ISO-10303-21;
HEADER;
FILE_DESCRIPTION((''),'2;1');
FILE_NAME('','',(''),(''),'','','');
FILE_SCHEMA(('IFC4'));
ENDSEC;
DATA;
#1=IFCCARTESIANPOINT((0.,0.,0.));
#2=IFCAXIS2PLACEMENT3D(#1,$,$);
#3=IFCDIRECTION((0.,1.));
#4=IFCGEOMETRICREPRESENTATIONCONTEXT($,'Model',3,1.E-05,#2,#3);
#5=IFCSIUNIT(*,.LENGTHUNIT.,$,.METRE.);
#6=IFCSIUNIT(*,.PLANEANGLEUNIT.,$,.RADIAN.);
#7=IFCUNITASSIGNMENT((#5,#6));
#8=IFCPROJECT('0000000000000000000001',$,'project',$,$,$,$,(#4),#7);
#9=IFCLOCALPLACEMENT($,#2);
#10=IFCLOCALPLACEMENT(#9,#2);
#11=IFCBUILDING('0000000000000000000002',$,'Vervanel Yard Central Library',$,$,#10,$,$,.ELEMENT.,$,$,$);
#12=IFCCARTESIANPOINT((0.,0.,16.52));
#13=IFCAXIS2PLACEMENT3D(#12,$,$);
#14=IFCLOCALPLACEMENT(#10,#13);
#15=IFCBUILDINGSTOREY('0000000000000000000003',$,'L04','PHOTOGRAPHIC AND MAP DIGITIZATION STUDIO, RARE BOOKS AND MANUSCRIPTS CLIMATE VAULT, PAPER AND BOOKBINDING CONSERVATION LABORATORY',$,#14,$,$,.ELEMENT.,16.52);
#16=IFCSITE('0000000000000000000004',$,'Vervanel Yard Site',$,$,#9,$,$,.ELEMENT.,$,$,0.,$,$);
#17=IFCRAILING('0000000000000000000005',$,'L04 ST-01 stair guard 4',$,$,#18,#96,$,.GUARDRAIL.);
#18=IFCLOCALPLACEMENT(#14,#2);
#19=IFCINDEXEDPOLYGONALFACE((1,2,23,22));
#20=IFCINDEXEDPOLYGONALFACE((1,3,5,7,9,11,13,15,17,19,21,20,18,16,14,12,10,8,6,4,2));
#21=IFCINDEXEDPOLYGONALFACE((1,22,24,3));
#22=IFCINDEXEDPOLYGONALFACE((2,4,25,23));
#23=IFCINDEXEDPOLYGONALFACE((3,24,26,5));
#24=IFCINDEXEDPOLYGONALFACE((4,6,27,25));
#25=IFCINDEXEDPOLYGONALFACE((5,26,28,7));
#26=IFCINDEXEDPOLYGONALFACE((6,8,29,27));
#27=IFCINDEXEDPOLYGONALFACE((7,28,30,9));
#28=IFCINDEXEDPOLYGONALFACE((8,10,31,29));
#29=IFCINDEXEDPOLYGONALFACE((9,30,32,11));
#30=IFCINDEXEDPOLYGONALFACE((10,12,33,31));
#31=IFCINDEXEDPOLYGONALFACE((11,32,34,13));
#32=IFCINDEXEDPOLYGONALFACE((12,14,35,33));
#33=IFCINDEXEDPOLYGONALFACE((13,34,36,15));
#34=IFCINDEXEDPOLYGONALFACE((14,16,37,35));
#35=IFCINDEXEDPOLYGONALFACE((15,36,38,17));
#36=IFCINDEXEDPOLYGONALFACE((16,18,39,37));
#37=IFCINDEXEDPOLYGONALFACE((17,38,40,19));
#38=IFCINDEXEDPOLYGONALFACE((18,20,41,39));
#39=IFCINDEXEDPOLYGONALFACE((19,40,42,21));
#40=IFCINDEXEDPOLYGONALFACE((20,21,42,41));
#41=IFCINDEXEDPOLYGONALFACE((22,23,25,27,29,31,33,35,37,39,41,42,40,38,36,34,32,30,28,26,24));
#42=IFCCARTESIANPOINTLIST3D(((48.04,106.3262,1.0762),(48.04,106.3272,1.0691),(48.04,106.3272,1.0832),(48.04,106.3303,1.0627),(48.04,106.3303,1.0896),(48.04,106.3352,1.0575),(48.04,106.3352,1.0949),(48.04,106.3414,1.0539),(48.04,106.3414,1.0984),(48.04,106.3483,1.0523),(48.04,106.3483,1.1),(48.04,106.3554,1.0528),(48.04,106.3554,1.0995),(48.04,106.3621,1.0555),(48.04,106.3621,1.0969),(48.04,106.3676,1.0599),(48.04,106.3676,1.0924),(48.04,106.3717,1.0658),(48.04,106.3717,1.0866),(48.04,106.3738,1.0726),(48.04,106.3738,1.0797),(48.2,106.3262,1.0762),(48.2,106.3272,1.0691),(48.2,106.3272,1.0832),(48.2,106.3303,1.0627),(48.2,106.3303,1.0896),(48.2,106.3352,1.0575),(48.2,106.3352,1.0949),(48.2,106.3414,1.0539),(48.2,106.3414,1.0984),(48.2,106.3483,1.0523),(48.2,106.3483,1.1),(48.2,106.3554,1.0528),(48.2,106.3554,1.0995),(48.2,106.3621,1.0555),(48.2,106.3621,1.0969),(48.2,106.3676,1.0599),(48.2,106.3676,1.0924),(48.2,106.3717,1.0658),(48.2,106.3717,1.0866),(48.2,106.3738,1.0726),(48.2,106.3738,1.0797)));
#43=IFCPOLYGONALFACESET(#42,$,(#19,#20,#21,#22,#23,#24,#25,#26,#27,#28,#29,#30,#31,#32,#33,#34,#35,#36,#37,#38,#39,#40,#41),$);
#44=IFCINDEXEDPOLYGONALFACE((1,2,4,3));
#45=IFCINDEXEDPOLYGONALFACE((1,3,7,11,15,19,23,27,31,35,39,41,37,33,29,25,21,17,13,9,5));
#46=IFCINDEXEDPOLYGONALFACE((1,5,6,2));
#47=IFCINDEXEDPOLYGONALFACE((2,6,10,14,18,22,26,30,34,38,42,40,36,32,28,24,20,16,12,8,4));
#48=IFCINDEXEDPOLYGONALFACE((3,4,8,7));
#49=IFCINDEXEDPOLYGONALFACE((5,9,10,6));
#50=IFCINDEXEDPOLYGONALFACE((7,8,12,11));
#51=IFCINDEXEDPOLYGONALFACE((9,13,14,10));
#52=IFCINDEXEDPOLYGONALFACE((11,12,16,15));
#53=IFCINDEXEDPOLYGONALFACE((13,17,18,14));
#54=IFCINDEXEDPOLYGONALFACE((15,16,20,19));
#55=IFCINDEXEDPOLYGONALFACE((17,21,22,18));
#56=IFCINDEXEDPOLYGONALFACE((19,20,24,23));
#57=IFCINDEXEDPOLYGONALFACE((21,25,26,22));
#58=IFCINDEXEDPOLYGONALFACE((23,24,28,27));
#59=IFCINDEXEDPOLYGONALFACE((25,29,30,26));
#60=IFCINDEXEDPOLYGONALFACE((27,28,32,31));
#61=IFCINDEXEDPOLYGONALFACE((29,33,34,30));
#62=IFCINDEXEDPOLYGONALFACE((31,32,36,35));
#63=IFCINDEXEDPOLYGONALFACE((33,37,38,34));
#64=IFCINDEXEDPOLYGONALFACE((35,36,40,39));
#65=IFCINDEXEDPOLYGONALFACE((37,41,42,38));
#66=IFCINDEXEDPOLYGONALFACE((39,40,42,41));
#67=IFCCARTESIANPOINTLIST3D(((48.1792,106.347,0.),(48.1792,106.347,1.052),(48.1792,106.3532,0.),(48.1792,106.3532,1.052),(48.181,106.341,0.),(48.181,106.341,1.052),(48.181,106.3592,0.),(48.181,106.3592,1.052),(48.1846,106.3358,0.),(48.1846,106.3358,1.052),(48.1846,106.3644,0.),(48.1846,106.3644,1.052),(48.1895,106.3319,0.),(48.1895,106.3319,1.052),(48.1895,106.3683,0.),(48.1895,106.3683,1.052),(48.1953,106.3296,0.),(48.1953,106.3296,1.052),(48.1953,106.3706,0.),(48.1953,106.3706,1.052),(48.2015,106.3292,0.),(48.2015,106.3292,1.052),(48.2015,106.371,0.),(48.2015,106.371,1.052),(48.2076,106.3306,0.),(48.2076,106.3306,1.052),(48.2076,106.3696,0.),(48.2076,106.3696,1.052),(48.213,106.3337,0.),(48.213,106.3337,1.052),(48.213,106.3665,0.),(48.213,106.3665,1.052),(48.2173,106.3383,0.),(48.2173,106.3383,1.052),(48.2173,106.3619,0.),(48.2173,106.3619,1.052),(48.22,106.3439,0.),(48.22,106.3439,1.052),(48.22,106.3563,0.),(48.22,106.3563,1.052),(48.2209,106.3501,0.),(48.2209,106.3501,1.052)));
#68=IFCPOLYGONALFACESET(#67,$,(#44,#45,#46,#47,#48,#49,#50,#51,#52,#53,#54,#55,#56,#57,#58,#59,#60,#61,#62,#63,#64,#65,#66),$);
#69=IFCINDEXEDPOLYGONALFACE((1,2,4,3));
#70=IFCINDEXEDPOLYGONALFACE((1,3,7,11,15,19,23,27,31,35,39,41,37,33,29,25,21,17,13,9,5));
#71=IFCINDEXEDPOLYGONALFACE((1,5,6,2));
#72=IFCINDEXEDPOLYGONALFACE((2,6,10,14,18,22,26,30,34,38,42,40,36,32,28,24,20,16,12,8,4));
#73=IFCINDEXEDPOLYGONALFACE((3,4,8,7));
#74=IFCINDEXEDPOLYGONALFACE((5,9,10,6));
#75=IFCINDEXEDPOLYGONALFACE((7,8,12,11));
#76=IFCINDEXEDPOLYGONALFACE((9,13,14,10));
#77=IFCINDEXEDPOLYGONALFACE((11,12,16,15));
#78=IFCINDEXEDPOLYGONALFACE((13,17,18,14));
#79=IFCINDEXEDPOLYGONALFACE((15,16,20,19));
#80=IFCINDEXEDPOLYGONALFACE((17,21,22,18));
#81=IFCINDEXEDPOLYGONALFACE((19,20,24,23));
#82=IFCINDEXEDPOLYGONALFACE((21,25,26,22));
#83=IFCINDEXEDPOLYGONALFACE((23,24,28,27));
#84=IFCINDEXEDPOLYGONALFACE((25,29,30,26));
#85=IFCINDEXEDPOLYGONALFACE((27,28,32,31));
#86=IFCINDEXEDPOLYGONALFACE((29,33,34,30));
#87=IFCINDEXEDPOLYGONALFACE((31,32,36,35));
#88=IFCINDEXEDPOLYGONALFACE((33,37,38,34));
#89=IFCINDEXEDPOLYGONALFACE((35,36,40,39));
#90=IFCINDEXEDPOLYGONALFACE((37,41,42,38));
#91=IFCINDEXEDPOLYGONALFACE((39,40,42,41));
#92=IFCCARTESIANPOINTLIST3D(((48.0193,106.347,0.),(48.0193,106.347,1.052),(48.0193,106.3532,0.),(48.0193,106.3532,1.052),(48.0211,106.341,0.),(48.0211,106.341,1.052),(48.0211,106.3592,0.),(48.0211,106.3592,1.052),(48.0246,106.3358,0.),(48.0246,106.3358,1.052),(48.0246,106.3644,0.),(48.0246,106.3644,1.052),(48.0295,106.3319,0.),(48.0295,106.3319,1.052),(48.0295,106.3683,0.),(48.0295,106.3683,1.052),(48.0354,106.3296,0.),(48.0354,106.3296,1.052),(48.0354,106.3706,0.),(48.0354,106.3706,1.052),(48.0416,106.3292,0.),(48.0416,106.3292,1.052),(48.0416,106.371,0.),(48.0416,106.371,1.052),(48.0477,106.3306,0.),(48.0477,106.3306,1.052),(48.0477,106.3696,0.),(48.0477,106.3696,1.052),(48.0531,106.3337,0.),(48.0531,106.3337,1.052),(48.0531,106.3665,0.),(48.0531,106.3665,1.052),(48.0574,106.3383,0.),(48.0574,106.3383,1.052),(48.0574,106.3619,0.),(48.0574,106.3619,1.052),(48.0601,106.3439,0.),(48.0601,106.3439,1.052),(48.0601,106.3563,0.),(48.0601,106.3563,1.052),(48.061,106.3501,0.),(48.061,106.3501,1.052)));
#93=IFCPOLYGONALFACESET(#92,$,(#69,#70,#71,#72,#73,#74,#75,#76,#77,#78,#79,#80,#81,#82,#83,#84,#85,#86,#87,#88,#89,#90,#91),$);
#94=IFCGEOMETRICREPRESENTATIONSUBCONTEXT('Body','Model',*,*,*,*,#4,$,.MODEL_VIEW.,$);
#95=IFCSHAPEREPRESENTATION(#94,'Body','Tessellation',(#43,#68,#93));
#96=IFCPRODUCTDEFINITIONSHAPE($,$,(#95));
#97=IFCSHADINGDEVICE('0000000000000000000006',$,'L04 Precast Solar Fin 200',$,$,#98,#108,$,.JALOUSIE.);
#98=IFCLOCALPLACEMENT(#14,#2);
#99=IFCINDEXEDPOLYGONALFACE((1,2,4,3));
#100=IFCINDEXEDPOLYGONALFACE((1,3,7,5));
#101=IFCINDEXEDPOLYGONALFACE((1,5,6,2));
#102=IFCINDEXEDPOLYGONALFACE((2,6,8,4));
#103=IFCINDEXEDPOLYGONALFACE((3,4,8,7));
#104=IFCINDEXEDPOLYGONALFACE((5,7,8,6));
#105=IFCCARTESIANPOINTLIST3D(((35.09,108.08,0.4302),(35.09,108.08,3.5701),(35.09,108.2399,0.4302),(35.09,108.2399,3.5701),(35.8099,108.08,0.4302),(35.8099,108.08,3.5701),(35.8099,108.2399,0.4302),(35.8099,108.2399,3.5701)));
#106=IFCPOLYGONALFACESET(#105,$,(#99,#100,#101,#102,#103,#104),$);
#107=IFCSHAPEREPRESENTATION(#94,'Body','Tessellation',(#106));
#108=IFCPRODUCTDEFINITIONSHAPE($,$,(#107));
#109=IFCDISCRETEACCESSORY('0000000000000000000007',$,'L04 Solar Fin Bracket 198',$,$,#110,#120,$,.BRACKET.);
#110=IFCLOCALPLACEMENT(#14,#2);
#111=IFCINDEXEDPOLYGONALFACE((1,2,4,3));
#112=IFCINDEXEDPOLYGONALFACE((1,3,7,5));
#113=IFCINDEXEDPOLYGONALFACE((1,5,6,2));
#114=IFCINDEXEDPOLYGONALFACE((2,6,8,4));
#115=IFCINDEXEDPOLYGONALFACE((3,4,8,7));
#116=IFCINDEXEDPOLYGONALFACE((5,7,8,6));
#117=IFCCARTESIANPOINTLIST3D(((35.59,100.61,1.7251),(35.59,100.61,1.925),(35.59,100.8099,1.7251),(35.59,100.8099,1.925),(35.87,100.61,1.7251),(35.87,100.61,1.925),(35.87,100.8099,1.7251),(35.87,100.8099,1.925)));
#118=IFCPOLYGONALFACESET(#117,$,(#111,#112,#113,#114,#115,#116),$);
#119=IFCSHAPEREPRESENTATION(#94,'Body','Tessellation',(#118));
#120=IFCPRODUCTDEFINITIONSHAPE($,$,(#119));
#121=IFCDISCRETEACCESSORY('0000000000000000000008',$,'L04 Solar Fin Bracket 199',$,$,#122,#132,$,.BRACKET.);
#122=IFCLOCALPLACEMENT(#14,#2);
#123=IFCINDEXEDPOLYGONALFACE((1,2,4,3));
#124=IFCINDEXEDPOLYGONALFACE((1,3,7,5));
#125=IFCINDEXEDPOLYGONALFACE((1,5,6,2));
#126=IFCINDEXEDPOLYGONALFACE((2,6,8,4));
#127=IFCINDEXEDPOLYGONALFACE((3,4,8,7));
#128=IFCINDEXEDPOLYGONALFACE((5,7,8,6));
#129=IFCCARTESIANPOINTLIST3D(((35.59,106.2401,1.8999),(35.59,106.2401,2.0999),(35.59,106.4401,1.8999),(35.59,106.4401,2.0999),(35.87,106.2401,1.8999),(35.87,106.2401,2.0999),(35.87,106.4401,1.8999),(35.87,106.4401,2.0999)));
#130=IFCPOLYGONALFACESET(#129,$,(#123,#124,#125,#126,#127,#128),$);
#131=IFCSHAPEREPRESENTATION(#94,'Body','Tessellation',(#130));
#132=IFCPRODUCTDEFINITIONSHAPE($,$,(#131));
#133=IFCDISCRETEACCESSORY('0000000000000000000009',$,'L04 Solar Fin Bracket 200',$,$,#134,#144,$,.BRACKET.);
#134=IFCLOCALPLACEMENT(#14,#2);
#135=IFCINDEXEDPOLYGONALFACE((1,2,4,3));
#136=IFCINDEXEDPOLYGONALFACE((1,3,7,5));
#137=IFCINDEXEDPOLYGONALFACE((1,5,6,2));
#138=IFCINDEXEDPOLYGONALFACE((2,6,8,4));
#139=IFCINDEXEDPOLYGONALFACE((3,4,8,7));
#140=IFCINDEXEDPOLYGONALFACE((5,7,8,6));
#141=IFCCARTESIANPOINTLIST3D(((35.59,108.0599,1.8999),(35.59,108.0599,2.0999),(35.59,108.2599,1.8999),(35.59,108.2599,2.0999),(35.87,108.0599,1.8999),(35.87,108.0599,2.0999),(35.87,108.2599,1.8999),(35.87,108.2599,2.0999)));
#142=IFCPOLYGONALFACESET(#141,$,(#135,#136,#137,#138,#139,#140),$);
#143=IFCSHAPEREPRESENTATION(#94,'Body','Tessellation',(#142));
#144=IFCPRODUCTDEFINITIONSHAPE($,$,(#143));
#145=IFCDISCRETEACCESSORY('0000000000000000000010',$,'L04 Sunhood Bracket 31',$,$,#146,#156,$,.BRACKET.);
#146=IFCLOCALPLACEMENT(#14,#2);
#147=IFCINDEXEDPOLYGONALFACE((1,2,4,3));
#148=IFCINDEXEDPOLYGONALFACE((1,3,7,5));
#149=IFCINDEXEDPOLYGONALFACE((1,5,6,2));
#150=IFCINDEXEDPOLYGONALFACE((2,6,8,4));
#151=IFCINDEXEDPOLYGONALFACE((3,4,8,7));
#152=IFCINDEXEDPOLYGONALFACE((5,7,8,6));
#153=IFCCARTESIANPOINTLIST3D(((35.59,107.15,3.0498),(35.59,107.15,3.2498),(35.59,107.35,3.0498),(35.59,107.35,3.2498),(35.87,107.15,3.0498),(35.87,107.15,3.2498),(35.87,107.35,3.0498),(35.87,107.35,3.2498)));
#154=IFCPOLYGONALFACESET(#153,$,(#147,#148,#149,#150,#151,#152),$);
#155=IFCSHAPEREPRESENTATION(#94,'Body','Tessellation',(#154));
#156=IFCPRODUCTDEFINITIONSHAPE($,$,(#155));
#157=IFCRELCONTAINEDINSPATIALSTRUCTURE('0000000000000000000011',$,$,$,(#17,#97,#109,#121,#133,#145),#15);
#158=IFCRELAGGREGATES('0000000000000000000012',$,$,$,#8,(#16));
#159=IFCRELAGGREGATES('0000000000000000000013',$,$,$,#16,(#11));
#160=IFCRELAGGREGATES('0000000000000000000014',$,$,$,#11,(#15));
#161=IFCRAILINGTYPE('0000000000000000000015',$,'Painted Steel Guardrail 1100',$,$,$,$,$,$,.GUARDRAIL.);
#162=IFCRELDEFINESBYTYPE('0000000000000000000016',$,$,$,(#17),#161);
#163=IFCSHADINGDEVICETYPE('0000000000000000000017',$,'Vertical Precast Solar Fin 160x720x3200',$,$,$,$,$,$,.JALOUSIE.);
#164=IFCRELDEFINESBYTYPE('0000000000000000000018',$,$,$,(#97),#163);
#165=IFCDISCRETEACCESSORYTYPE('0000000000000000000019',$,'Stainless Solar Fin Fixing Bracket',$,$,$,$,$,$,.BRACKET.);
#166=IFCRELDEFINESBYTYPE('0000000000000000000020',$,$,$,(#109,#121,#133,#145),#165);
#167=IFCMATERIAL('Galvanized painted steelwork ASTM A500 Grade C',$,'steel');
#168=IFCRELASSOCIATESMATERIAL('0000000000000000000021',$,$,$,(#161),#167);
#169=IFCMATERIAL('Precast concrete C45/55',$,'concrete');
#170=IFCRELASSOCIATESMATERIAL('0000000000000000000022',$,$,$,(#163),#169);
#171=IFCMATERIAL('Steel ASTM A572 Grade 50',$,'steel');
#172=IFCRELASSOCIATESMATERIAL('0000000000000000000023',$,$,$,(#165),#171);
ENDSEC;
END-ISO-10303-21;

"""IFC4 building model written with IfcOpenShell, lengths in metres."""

from ifc_helpers import new_model, si_unit, direction, frame, origin, origin_2d, place, context, subcontext, project, spatial, rectangle, circle, extrude, material, type_object, element, save


model = new_model("IFC4")

# Units and contexts
model_context = context("Model", 3, precision=1e-05, world=origin(), true_north=direction((0.0, 1.0)))
body_context = subcontext(model_context, "Body", "Model", "MODEL_VIEW")
ifc_project = project(units=[si_unit("LENGTHUNIT", "METRE"), si_unit("PLANEANGLEUNIT", "RADIAN")], contexts=[model_context])

# Site, building, storey
site_placement = place(None, origin())
site = spatial("IfcSite", under=ifc_project, at=site_placement, Name="Vervanel Yard Site", CompositionType="ELEMENT", RefElevation=0.0)
building_placement = place(site_placement, origin())
building = spatial("IfcBuilding", under=site, at=building_placement, Name="Vervanel Yard Central Library", CompositionType="ELEMENT")
storey_placement = place(building_placement, frame((0.0, 0.0, 16.52)))
storey = spatial("IfcBuildingStorey", under=building, at=storey_placement, Name="L04", Description="PHOTOGRAPHIC AND MAP DIGITIZATION STUDIO, RARE BOOKS AND MANUSCRIPTS CLIMATE VAULT, PAPER AND BOOKBINDING CONSERVATION LABORATORY", CompositionType="ELEMENT", Elevation=16.52)

# Shared definitions
ifc_material_1 = material(Name="Galvanized painted steelwork ASTM A500 Grade C", Category="steel")

# Shared definitions
ifc_material_2 = material(Name="Precast concrete C45/55", Category="concrete")

# Railing
railing_type_1 = type_object("IfcRailingType", Name="Painted Steel Guardrail 1100", PredefinedType="GUARDRAIL", material=ifc_material_1)
railing_1_placement = place(storey_placement, frame((48.2, 106.3501, 0.0)))
element("IfcRailing", 1, at=railing_1_placement, inside=storey, type_object=railing_type_1, Name="L04 ST-01 stair guard 4", PredefinedType="GUARDRAIL", context=body_context, shape_type="SweptSolid", body=[
    extrude(circle(Radius=0.0239, at=origin_2d()), frame((0.0, 0.0, 1.0762), z_axis=(-1.0, 0.0, 0.0), x_axis=(0.0, -1.0, 0.0)), (0.0, 0.0, 1.0), 0.1599),
    extrude(circle(Radius=0.021, at=origin_2d()), origin(), (0.0, 0.0, 1.0), 1.052),
    extrude(circle(Radius=0.021, at=origin_2d()), frame((-0.1599, 0.0, 0.0)), (0.0, 0.0, 1.0), 1.052),
])

# Shading device
shading_device_type_1 = type_object("IfcShadingDeviceType", Name="Vertical Precast Solar Fin 160x720x3200", PredefinedType="JALOUSIE", material=ifc_material_2)
shading_device_1_placement = place(storey_placement, frame((35.45, 108.1599, 0.4302), z_axis=(0.0, 0.0, 1.0), x_axis=(0.0, 1.0, 0.0)))
element("IfcShadingDevice", 2, at=shading_device_1_placement, inside=storey, type_object=shading_device_type_1, Name="L04 Precast Solar Fin 200", PredefinedType="JALOUSIE", context=body_context, shape_type="SweptSolid", body=[
    extrude(rectangle(XDim=0.1599, YDim=0.72, at=origin_2d()), origin(), (0.0, 0.0, 1.0), 3.1399),
])

# Discrete accessories
ifc_material_3 = material(Name="Steel ASTM A572 Grade 50", Category="steel")
discrete_accessory_type = type_object("IfcDiscreteAccessoryType", Name="Stainless Solar Fin Fixing Bracket", PredefinedType="BRACKET", material=ifc_material_3)
for number, where, z_axis, x_axis, name in (
    (3, (35.73, 100.71, 1.7251), (0.0, 0.0, 1.0), (0.0, 1.0, 0.0), "L04 Solar Fin Bracket 198"),
    (4, (35.73, 106.3401, 1.8999), (0.0, 0.0, 1.0), (0.0, 1.0, 0.0), "L04 Solar Fin Bracket 199"),
    (5, (35.73, 108.1599, 1.8999), (0.0, 0.0, 1.0), (0.0, 1.0, 0.0), "L04 Solar Fin Bracket 200"),
    (6, (35.73, 107.25, 3.0498), (0.0, 0.0, 1.0), (0.0, 1.0, 0.0), "L04 Sunhood Bracket 31"),
):
    element("IfcDiscreteAccessory", number, at=place(storey_placement, frame(where, z_axis=z_axis, x_axis=x_axis)), inside=storey, type_object=discrete_accessory_type, Name=name, PredefinedType="BRACKET", context=body_context, shape_type="SweptSolid", body=[
        extrude(rectangle(XDim=0.2, YDim=0.28, at=origin_2d()), origin(), (0.0, 0.0, 1.0), 0.2),
    ])

save(model, "model.ifc")
